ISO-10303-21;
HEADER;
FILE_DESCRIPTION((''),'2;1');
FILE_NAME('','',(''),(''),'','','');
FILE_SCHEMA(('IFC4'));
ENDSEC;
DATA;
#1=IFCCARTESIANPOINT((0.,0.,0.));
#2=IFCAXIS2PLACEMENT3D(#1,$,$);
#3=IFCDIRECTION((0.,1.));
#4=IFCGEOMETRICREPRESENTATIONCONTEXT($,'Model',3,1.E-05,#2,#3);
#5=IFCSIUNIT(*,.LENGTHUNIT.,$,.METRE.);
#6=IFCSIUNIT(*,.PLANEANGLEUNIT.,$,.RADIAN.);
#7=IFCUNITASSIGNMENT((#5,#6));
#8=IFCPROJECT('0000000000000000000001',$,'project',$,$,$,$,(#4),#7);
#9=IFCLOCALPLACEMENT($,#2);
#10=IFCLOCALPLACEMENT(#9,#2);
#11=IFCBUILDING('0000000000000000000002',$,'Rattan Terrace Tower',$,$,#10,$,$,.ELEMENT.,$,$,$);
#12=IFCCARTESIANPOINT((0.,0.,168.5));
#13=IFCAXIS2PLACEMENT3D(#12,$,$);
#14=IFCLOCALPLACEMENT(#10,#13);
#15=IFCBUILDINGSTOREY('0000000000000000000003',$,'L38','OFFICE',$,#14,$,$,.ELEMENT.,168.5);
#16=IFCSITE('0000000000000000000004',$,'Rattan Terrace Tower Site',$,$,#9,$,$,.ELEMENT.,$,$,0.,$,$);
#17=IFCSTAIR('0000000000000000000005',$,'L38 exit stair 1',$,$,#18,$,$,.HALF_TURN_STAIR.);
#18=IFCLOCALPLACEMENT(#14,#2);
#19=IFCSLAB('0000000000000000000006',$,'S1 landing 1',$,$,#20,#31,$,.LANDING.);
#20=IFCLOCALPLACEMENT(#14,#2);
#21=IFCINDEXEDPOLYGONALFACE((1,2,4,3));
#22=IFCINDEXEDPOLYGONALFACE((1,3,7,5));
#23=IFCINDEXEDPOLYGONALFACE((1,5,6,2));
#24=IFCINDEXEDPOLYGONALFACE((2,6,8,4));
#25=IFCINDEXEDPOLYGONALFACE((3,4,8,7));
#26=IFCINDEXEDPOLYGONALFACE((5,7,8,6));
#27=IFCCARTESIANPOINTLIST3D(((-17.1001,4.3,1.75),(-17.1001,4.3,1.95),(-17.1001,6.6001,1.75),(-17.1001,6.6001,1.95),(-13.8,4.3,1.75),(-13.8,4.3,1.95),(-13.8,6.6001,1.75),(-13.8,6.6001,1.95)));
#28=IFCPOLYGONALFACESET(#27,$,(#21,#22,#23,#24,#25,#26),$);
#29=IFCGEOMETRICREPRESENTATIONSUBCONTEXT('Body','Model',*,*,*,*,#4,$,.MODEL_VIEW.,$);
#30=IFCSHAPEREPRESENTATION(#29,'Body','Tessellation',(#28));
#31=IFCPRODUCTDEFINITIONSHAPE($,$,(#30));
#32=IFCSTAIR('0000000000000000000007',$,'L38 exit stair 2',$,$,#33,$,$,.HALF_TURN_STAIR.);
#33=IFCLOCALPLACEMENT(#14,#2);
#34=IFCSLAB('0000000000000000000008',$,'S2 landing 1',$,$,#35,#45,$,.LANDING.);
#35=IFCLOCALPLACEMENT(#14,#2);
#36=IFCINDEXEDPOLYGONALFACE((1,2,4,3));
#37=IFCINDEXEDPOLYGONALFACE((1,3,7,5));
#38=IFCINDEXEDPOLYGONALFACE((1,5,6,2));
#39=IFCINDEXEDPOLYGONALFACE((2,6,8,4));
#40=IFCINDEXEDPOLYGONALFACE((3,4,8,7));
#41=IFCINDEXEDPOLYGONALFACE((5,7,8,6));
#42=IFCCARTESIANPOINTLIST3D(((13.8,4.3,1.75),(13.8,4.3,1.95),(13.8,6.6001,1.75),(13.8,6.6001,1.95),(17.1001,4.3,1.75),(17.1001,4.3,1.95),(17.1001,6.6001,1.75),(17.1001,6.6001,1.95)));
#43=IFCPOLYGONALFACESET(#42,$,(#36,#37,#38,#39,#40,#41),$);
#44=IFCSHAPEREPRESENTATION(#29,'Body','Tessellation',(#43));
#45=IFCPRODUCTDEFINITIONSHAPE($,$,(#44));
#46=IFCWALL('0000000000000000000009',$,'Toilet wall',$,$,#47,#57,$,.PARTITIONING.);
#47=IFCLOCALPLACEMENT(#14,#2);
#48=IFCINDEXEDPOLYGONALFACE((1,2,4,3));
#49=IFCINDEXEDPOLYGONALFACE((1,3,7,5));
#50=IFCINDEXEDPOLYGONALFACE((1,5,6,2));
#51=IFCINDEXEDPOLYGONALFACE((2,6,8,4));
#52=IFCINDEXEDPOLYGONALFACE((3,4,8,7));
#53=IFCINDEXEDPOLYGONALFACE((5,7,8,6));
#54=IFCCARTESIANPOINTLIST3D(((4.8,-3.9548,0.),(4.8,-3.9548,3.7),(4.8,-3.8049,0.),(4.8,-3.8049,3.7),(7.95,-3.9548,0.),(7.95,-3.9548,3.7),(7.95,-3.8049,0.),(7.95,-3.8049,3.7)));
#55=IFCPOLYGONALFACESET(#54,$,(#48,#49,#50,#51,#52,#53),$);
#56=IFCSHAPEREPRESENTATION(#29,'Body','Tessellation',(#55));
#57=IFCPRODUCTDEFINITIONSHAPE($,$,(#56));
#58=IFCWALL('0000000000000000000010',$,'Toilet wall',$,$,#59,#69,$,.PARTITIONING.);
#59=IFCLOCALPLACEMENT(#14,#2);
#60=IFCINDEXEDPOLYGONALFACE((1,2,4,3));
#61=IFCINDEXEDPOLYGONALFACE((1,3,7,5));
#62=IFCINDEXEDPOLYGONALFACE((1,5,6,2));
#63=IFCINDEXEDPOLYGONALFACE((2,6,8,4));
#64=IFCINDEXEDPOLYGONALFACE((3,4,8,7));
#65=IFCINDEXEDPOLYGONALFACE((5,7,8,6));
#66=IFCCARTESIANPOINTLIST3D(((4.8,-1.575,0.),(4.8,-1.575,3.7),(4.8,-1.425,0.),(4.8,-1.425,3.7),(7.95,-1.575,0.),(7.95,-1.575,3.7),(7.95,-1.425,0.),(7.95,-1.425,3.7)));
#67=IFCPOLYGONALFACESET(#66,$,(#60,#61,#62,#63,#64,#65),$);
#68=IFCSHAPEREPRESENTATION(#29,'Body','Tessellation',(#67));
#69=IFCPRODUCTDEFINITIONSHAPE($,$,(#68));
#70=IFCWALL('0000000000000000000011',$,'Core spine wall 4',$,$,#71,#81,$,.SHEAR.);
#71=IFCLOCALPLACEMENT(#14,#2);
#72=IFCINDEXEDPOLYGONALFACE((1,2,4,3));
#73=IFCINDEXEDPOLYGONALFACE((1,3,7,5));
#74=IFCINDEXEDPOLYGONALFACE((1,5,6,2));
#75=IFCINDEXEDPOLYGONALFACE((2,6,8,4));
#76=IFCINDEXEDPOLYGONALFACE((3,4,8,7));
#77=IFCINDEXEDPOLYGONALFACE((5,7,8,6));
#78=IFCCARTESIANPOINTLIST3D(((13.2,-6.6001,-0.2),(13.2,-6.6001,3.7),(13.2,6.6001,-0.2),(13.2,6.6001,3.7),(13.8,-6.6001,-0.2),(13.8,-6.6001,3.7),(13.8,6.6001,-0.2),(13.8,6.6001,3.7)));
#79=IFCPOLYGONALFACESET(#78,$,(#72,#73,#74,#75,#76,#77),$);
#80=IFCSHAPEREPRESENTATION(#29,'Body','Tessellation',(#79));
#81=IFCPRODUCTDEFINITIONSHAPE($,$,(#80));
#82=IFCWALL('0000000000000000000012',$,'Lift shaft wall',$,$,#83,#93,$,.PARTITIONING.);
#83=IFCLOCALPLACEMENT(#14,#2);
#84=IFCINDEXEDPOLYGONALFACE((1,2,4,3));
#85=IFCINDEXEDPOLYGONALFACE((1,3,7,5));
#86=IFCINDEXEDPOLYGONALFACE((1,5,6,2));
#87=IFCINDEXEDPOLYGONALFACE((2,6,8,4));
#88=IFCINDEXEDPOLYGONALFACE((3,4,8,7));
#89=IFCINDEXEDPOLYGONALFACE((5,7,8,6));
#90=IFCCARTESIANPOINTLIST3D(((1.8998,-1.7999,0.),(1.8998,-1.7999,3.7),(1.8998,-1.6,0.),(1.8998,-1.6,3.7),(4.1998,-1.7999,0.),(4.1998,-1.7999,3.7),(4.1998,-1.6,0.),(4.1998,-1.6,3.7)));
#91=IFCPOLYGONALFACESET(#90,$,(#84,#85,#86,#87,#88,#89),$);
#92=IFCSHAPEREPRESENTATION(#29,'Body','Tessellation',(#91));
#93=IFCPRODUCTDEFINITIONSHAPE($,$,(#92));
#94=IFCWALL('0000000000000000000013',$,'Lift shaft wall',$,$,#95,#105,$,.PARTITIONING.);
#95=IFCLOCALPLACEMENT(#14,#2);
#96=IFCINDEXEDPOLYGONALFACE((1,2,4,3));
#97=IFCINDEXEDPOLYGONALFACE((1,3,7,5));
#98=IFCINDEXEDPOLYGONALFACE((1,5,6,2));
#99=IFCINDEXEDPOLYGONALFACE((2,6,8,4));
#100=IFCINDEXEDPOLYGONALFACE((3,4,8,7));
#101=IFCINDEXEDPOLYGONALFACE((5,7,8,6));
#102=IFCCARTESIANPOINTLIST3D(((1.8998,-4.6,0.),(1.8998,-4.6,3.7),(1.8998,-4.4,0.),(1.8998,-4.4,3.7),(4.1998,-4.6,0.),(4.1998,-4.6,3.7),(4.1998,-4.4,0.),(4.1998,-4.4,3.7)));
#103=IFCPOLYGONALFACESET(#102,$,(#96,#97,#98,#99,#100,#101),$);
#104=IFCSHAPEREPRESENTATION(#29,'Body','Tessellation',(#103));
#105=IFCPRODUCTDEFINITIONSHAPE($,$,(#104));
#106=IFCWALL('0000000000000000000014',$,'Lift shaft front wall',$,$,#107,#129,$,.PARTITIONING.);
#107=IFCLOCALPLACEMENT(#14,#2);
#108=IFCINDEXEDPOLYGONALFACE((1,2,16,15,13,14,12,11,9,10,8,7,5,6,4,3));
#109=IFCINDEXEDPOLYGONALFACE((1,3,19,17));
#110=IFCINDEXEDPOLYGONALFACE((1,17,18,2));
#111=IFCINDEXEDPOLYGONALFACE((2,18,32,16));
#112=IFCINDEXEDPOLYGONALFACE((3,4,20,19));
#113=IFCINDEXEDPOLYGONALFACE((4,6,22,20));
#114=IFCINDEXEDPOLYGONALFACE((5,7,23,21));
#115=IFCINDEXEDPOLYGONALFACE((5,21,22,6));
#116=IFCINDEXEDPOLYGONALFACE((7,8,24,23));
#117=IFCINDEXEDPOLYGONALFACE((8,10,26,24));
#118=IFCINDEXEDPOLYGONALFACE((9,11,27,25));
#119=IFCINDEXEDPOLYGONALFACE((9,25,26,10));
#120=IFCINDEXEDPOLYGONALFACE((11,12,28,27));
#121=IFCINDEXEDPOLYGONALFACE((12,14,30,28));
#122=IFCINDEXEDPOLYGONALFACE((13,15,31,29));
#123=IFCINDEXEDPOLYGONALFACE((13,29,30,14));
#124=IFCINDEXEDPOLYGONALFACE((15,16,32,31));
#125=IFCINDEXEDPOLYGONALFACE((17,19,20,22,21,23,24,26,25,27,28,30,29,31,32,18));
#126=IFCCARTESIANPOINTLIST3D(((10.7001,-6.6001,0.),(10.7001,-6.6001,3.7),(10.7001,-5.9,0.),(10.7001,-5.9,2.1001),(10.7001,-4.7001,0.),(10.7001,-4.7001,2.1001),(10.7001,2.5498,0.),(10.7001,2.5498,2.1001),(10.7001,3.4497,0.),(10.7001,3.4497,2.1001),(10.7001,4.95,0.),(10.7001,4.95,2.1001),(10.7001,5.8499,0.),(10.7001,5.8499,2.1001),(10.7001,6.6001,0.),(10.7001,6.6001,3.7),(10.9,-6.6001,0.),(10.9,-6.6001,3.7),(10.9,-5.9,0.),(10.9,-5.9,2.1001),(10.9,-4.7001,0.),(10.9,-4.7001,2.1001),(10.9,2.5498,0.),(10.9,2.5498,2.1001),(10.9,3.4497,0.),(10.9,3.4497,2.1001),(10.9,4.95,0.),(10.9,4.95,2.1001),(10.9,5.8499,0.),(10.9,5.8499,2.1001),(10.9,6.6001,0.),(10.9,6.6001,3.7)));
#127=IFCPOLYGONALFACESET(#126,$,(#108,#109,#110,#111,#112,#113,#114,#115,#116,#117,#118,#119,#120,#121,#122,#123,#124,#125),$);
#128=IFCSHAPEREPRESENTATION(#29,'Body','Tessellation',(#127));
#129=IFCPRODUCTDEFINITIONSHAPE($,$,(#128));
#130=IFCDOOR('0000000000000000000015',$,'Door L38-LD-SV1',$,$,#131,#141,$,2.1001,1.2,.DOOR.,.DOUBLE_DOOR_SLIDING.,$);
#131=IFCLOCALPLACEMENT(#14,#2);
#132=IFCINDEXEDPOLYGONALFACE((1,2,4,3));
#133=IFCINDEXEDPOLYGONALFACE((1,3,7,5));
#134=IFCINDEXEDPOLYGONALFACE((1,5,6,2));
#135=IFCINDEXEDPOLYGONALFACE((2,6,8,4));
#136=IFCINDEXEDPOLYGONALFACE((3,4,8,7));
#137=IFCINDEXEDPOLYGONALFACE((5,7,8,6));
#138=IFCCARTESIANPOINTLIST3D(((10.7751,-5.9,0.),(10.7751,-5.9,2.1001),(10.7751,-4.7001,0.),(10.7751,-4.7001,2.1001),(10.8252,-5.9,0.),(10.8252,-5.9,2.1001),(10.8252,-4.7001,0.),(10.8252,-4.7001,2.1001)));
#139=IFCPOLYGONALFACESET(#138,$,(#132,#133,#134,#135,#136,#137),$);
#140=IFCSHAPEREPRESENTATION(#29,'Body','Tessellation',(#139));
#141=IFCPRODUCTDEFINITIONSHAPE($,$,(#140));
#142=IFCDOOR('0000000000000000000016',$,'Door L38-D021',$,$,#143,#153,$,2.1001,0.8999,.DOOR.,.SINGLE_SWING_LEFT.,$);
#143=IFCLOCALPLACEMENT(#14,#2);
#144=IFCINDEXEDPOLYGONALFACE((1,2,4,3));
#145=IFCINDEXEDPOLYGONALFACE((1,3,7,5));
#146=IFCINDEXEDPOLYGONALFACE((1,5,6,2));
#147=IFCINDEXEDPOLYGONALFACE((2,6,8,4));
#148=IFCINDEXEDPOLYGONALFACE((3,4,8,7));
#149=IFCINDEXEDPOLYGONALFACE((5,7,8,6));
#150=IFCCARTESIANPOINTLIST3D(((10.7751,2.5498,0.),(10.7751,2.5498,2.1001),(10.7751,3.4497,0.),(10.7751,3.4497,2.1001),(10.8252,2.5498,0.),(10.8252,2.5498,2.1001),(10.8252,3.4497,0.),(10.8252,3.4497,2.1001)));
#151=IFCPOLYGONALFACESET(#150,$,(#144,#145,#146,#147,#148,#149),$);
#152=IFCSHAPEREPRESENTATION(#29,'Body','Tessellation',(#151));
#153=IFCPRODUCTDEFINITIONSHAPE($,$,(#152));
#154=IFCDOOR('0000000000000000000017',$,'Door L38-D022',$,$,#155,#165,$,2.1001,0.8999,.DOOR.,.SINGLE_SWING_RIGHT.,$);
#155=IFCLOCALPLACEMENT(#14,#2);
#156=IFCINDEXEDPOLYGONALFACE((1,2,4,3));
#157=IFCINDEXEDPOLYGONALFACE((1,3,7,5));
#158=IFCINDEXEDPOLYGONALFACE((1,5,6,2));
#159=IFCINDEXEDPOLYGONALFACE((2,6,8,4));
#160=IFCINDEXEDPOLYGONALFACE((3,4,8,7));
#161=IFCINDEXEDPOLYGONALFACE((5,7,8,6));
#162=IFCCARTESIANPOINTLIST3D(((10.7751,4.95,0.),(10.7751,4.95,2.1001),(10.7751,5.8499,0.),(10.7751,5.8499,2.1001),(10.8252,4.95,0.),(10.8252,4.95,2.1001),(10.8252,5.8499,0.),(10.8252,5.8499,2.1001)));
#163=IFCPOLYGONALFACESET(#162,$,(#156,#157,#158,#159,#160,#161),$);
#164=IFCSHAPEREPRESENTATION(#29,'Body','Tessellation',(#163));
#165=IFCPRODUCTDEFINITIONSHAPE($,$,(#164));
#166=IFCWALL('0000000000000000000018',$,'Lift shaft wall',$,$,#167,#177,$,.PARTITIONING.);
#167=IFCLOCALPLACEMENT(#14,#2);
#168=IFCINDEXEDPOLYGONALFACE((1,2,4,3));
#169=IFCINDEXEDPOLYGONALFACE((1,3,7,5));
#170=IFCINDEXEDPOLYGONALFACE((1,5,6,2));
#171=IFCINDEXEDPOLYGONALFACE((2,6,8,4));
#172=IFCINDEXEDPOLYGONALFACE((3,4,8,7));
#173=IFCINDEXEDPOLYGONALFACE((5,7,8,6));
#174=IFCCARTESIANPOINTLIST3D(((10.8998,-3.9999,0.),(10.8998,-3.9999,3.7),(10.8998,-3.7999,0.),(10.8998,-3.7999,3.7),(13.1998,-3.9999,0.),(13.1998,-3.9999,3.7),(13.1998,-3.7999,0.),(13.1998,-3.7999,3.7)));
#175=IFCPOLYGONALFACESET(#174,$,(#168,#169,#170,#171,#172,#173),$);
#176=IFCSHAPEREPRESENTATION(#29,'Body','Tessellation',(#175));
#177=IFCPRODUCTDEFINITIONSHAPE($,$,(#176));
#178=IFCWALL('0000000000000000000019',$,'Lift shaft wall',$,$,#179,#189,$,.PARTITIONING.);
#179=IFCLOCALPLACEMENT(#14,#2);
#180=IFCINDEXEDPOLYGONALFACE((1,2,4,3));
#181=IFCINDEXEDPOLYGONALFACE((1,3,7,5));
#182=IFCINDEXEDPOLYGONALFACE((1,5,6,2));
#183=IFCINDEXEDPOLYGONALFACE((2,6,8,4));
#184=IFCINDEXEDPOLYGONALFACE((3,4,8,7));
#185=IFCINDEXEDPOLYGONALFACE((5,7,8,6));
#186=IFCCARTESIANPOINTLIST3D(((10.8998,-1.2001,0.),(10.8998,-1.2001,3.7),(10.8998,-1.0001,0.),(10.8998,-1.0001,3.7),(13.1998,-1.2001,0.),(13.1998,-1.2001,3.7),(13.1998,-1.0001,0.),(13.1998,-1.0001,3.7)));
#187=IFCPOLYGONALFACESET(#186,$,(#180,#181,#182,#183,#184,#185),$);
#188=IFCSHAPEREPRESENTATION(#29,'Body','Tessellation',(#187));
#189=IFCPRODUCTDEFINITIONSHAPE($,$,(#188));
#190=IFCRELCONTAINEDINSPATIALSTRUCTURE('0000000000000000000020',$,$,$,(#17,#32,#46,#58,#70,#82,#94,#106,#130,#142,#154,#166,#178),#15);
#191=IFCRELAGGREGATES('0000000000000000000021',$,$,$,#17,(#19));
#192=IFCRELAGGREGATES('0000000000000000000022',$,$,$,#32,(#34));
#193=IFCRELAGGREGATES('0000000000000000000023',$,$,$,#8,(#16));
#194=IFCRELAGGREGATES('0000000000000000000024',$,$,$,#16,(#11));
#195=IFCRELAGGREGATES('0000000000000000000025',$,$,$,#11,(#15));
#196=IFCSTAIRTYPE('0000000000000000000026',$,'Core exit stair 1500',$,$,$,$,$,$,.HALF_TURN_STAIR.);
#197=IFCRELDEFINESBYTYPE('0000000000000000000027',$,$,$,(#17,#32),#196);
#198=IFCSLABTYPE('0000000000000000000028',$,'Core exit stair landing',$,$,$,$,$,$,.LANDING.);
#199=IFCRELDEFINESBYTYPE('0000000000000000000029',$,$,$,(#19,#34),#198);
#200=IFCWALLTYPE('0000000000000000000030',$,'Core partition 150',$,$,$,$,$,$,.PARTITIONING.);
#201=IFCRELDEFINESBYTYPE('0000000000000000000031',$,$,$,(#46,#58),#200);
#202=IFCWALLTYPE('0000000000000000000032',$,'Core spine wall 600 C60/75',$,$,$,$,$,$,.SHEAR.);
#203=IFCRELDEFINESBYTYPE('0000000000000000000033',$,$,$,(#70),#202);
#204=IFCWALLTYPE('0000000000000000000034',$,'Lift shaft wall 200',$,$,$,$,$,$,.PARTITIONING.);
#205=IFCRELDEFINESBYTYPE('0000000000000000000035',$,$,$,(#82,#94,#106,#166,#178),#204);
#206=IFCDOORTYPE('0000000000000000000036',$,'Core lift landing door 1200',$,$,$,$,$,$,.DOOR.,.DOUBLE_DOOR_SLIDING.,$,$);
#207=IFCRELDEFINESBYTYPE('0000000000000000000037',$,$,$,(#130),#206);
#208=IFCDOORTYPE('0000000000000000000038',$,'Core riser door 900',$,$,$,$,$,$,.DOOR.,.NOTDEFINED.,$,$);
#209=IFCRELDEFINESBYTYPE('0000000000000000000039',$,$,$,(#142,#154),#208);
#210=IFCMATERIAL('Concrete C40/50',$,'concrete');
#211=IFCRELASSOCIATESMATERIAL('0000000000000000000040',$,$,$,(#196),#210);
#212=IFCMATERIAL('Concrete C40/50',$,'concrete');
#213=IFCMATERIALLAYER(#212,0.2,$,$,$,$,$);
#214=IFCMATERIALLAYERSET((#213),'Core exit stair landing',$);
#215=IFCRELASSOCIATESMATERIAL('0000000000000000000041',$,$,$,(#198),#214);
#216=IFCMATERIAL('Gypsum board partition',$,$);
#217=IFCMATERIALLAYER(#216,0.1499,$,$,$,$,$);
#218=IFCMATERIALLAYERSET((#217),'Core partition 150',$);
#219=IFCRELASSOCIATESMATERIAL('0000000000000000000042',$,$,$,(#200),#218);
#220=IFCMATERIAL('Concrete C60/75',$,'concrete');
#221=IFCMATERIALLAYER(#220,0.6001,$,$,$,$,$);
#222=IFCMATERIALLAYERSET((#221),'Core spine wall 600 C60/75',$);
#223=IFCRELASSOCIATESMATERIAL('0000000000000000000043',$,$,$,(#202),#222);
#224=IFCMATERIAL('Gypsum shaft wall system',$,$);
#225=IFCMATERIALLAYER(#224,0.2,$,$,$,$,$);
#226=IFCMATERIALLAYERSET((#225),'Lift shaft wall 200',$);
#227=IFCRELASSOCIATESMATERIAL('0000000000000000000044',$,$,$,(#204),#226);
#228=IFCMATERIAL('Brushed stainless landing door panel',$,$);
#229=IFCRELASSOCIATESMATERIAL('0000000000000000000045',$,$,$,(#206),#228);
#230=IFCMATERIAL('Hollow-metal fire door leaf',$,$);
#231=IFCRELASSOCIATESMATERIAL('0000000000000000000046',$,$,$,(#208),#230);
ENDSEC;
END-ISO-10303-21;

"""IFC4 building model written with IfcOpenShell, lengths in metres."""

from ifc_helpers import new_model, si_unit, direction, frame, frame_2d, origin, place, context, subcontext, project, spatial, polyline, rectangle, outline, extrude, material, layer, layer_set, type_object, element, fill, aggregate, save


model = new_model("IFC4")

# Units and contexts
model_context = context("Model", 3, precision=1e-05, world=origin(), true_north=direction((0.0, 1.0)))
body_context = subcontext(model_context, "Body", "Model", "MODEL_VIEW")
ifc_project = project(units=[si_unit("LENGTHUNIT", "METRE"), si_unit("PLANEANGLEUNIT", "RADIAN")], contexts=[model_context])

# Site, building, storey
site_placement = place(None, origin())
site = spatial("IfcSite", under=ifc_project, at=site_placement, Name="Rattan Terrace Tower Site", CompositionType="ELEMENT", RefElevation=0.0)
building_placement = place(site_placement, origin())
building = spatial("IfcBuilding", under=site, at=building_placement, Name="Rattan Terrace Tower", CompositionType="ELEMENT")
storey_placement = place(building_placement, frame((0.0, 0.0, 168.5)))
storey = spatial("IfcBuildingStorey", under=building, at=storey_placement, Name="L38", Description="OFFICE", CompositionType="ELEMENT", Elevation=168.5)

# Stairs, slabs
ifc_material_1 = material(Name="Concrete C40/50", Category="concrete")
stair_type = type_object("IfcStairType", Name="Core exit stair 1500", PredefinedType="HALF_TURN_STAIR", material=ifc_material_1)
stair_1_placement = place(storey_placement, origin())
stair_1 = element("IfcStair", 1, at=stair_1_placement, inside=storey, type_object=stair_type, Name="L38 exit stair 1", PredefinedType="HALF_TURN_STAIR")
ifc_material_2 = material(Name="Concrete C40/50", Category="concrete")
ifc_layer_1 = layer(ifc_material_2, 0.2)
ifc_layer_set_1 = layer_set([ifc_layer_1], Name="Core exit stair landing")
slab_type = type_object("IfcSlabType", Name="Core exit stair landing", PredefinedType="LANDING", material=ifc_layer_set_1)
slab_1_placement = place(storey_placement, frame((0.0, 0.0, 1.75)))
slab_1 = element("IfcSlab", 2, at=slab_1_placement, type_object=slab_type, Name="S1 landing 1", PredefinedType="LANDING", context=body_context, shape_type="SweptSolid", body=[
    extrude(outline(polyline([(-13.8, 4.3), (-13.8, 6.6001), (-17.1001, 6.6001), (-17.1001, 4.3), (-13.8, 4.3)])), origin(), (0.0, 0.0, 1.0), 0.2),
])
aggregate(stair_1, [slab_1])
stair_2_placement = place(storey_placement, origin())
stair_2 = element("IfcStair", 3, at=stair_2_placement, inside=storey, type_object=stair_type, Name="L38 exit stair 2", PredefinedType="HALF_TURN_STAIR")
slab_2_placement = place(storey_placement, frame((0.0, 0.0, 1.75)))
slab_2 = element("IfcSlab", 4, at=slab_2_placement, type_object=slab_type, Name="S2 landing 1", PredefinedType="LANDING", context=body_context, shape_type="SweptSolid", body=[
    extrude(outline(polyline([(17.1001, 4.3), (17.1001, 6.6001), (13.8, 6.6001), (13.8, 4.3), (17.1001, 4.3)])), origin(), (0.0, 0.0, 1.0), 0.2),
])
aggregate(stair_2, [slab_2])

# Walls
ifc_material_3 = material(Name="Gypsum board partition")
ifc_layer_2 = layer(ifc_material_3, 0.1499)
ifc_layer_set_2 = layer_set([ifc_layer_2], Name="Core partition 150")
wall_type_1 = type_object("IfcWallType", Name="Core partition 150", PredefinedType="PARTITIONING", material=ifc_layer_set_2)
for number, where, z_axis, x_axis, name in (
    (5, (4.8, -3.8799, 0.0), (0.0, 0.0, 1.0), (1.0, 0.0, 0.0), "Toilet wall"),
    (6, (4.8, -1.5, 0.0), (0.0, 0.0, 1.0), (1.0, 0.0, 0.0), "Toilet wall"),
):
    element("IfcWall", number, at=place(storey_placement, frame(where, z_axis=z_axis, x_axis=x_axis)), inside=storey, type_object=wall_type_1, Name=name, PredefinedType="PARTITIONING", context=body_context, shape_type="SweptSolid", body=[
        extrude(rectangle(XDim=3.1499, YDim=0.1499, at=frame_2d((1.575, 0.0))), origin(), (0.0, 0.0, 1.0), 3.7),
    ])
ifc_material_4 = material(Name="Concrete C60/75", Category="concrete")
ifc_layer_3 = layer(ifc_material_4, 0.6001)
ifc_layer_set_3 = layer_set([ifc_layer_3], Name="Core spine wall 600 C60/75")
wall_type_2 = type_object("IfcWallType", Name="Core spine wall 600 C60/75", PredefinedType="SHEAR", material=ifc_layer_set_3)
wall_1_placement = place(storey_placement, frame((13.5, -6.6001, -0.2), z_axis=(0.0, 0.0, 1.0), x_axis=(0.0, 1.0, 0.0)))
element("IfcWall", 7, at=wall_1_placement, inside=storey, type_object=wall_type_2, Name="Core spine wall 4", PredefinedType="SHEAR", context=body_context, shape_type="SweptSolid", body=[
    extrude(rectangle(XDim=13.2002, YDim=0.6001, at=frame_2d((6.6001, 0.0))), origin(), (0.0, 0.0, 1.0), 3.8999),
])
ifc_material_5 = material(Name="Gypsum shaft wall system")
ifc_layer_4 = layer(ifc_material_5, 0.2)
ifc_layer_set_4 = layer_set([ifc_layer_4], Name="Lift shaft wall 200")
wall_type_3 = type_object("IfcWallType", Name="Lift shaft wall 200", PredefinedType="PARTITIONING", material=ifc_layer_set_4)
for number, where, z_axis, x_axis, name in (
    (8, (1.8999, -1.7, 0.0), (0.0, 0.0, 1.0), (1.0, 0.0, 0.0), "Lift shaft wall"),
    (9, (1.8999, -4.5, 0.0), (0.0, 0.0, 1.0), (1.0, 0.0, 0.0), "Lift shaft wall"),
):
    element("IfcWall", number, at=place(storey_placement, frame(where, z_axis=z_axis, x_axis=x_axis)), inside=storey, type_object=wall_type_3, Name=name, PredefinedType="PARTITIONING", context=body_context, shape_type="SweptSolid", body=[
        extrude(rectangle(XDim=2.3, YDim=0.2, at=frame_2d((1.1499, 0.0))), origin(), (0.0, 0.0, 1.0), 3.7),
    ])

# Wall, openings, doors
wall_2_placement = place(storey_placement, frame((10.8, -6.6001, 0.0), z_axis=(0.0, 0.0, 1.0), x_axis=(0.0, 1.0, 0.0)))
wall_2 = element("IfcWall", 10, at=wall_2_placement, inside=storey, type_object=wall_type_3, Name="Lift shaft front wall", PredefinedType="PARTITIONING", context=body_context, shape_type="SweptSolid", body=[
    extrude(rectangle(XDim=13.2002, YDim=0.2, at=frame_2d((6.6001, 0.0))), origin(), (0.0, 0.0, 1.0), 3.7),
])
opening_1_placement = place(wall_2_placement, frame((0.7, 0.0, 0.0)))
opening_1 = element("IfcOpeningElement", 11, at=opening_1_placement, cuts=wall_2, PredefinedType="OPENING", context=body_context, shape_type="SweptSolid", body=[
    extrude(rectangle(XDim=1.2, YDim=2.1001, at=frame_2d((0.6001, 1.05))), frame((0.0, 0.1106, 0.0), z_axis=(0.0, -1.0, 0.0), x_axis=(1.0, 0.0, 0.0)), (0.0, 0.0, 1.0), 0.2209),
])
opening_2_placement = place(wall_2_placement, frame((9.1499, 0.0, 0.0)))
opening_2 = element("IfcOpeningElement", 12, at=opening_2_placement, cuts=wall_2, PredefinedType="OPENING", context=body_context, shape_type="SweptSolid", body=[
    extrude(rectangle(XDim=0.8999, YDim=2.1001, at=frame_2d((0.45, 1.05))), frame((0.0, 0.1106, 0.0), z_axis=(0.0, -1.0, 0.0), x_axis=(1.0, 0.0, 0.0)), (0.0, 0.0, 1.0), 0.2209),
])
opening_3_placement = place(wall_2_placement, frame((11.55, 0.0, 0.0)))
opening_3 = element("IfcOpeningElement", 13, at=opening_3_placement, cuts=wall_2, PredefinedType="OPENING", context=body_context, shape_type="SweptSolid", body=[
    extrude(rectangle(XDim=0.8999, YDim=2.1001, at=frame_2d((0.45, 1.05))), frame((0.0, 0.1106, 0.0), z_axis=(0.0, -1.0, 0.0), x_axis=(1.0, 0.0, 0.0)), (0.0, 0.0, 1.0), 0.2209),
])
ifc_material_6 = material(Name="Brushed stainless landing door panel")
door_type_1 = type_object("IfcDoorType", Name="Core lift landing door 1200", OperationType="DOUBLE_DOOR_SLIDING", PredefinedType="DOOR", material=ifc_material_6)
door_1_placement = place(opening_1_placement, origin())
door_1 = element("IfcDoor", 14, at=door_1_placement, inside=storey, type_object=door_type_1, Name="Door L38-LD-SV1", OperationType="DOUBLE_DOOR_SLIDING", OverallHeight=2.1001, OverallWidth=1.2, PredefinedType="DOOR", context=body_context, shape_type="SweptSolid", body=[
    extrude(rectangle(XDim=1.2, YDim=2.1001, at=frame_2d((0.6001, 1.05))), frame((0.0, 0.0249, 0.0), z_axis=(0.0, -1.0, 0.0), x_axis=(1.0, 0.0, 0.0)), (0.0, 0.0, 1.0), 0.05),
])
fill(opening_1, door_1)
ifc_material_7 = material(Name="Hollow-metal fire door leaf")
door_type_2 = type_object("IfcDoorType", Name="Core riser door 900", OperationType="NOTDEFINED", PredefinedType="DOOR", material=ifc_material_7)
door_2_placement = place(opening_2_placement, origin())
door_2 = element("IfcDoor", 15, at=door_2_placement, inside=storey, type_object=door_type_2, Name="Door L38-D021", OperationType="SINGLE_SWING_LEFT", OverallHeight=2.1001, OverallWidth=0.8999, PredefinedType="DOOR", context=body_context, shape_type="SweptSolid", body=[
    extrude(rectangle(XDim=0.8999, YDim=2.1001, at=frame_2d((0.45, 1.05))), frame((0.0, 0.0249, 0.0), z_axis=(0.0, -1.0, 0.0), x_axis=(1.0, 0.0, 0.0)), (0.0, 0.0, 1.0), 0.05),
])
fill(opening_2, door_2)
door_3_placement = place(opening_3_placement, origin())
door_3 = element("IfcDoor", 16, at=door_3_placement, inside=storey, type_object=door_type_2, Name="Door L38-D022", OperationType="SINGLE_SWING_RIGHT", OverallHeight=2.1001, OverallWidth=0.8999, PredefinedType="DOOR", context=body_context, shape_type="SweptSolid", body=[
    extrude(rectangle(XDim=0.8999, YDim=2.1001, at=frame_2d((0.45, 1.05))), frame((0.0, 0.0249, 0.0), z_axis=(0.0, -1.0, 0.0), x_axis=(1.0, 0.0, 0.0)), (0.0, 0.0, 1.0), 0.05),
])
fill(opening_3, door_3)

# Walls
for number, where, z_axis, x_axis, name in (
    (17, (10.8999, -3.8999, 0.0), (0.0, 0.0, 1.0), (1.0, 0.0, 0.0), "Lift shaft wall"),
    (18, (10.8999, -1.1001, 0.0), (0.0, 0.0, 1.0), (1.0, 0.0, 0.0), "Lift shaft wall"),
):
    element("IfcWall", number, at=place(storey_placement, frame(where, z_axis=z_axis, x_axis=x_axis)), inside=storey, type_object=wall_type_3, Name=name, PredefinedType="PARTITIONING", context=body_context, shape_type="SweptSolid", body=[
        extrude(rectangle(XDim=2.3, YDim=0.2, at=frame_2d((1.1499, 0.0))), origin(), (0.0, 0.0, 1.0), 3.7),
    ])

save(model, "model.ifc")
